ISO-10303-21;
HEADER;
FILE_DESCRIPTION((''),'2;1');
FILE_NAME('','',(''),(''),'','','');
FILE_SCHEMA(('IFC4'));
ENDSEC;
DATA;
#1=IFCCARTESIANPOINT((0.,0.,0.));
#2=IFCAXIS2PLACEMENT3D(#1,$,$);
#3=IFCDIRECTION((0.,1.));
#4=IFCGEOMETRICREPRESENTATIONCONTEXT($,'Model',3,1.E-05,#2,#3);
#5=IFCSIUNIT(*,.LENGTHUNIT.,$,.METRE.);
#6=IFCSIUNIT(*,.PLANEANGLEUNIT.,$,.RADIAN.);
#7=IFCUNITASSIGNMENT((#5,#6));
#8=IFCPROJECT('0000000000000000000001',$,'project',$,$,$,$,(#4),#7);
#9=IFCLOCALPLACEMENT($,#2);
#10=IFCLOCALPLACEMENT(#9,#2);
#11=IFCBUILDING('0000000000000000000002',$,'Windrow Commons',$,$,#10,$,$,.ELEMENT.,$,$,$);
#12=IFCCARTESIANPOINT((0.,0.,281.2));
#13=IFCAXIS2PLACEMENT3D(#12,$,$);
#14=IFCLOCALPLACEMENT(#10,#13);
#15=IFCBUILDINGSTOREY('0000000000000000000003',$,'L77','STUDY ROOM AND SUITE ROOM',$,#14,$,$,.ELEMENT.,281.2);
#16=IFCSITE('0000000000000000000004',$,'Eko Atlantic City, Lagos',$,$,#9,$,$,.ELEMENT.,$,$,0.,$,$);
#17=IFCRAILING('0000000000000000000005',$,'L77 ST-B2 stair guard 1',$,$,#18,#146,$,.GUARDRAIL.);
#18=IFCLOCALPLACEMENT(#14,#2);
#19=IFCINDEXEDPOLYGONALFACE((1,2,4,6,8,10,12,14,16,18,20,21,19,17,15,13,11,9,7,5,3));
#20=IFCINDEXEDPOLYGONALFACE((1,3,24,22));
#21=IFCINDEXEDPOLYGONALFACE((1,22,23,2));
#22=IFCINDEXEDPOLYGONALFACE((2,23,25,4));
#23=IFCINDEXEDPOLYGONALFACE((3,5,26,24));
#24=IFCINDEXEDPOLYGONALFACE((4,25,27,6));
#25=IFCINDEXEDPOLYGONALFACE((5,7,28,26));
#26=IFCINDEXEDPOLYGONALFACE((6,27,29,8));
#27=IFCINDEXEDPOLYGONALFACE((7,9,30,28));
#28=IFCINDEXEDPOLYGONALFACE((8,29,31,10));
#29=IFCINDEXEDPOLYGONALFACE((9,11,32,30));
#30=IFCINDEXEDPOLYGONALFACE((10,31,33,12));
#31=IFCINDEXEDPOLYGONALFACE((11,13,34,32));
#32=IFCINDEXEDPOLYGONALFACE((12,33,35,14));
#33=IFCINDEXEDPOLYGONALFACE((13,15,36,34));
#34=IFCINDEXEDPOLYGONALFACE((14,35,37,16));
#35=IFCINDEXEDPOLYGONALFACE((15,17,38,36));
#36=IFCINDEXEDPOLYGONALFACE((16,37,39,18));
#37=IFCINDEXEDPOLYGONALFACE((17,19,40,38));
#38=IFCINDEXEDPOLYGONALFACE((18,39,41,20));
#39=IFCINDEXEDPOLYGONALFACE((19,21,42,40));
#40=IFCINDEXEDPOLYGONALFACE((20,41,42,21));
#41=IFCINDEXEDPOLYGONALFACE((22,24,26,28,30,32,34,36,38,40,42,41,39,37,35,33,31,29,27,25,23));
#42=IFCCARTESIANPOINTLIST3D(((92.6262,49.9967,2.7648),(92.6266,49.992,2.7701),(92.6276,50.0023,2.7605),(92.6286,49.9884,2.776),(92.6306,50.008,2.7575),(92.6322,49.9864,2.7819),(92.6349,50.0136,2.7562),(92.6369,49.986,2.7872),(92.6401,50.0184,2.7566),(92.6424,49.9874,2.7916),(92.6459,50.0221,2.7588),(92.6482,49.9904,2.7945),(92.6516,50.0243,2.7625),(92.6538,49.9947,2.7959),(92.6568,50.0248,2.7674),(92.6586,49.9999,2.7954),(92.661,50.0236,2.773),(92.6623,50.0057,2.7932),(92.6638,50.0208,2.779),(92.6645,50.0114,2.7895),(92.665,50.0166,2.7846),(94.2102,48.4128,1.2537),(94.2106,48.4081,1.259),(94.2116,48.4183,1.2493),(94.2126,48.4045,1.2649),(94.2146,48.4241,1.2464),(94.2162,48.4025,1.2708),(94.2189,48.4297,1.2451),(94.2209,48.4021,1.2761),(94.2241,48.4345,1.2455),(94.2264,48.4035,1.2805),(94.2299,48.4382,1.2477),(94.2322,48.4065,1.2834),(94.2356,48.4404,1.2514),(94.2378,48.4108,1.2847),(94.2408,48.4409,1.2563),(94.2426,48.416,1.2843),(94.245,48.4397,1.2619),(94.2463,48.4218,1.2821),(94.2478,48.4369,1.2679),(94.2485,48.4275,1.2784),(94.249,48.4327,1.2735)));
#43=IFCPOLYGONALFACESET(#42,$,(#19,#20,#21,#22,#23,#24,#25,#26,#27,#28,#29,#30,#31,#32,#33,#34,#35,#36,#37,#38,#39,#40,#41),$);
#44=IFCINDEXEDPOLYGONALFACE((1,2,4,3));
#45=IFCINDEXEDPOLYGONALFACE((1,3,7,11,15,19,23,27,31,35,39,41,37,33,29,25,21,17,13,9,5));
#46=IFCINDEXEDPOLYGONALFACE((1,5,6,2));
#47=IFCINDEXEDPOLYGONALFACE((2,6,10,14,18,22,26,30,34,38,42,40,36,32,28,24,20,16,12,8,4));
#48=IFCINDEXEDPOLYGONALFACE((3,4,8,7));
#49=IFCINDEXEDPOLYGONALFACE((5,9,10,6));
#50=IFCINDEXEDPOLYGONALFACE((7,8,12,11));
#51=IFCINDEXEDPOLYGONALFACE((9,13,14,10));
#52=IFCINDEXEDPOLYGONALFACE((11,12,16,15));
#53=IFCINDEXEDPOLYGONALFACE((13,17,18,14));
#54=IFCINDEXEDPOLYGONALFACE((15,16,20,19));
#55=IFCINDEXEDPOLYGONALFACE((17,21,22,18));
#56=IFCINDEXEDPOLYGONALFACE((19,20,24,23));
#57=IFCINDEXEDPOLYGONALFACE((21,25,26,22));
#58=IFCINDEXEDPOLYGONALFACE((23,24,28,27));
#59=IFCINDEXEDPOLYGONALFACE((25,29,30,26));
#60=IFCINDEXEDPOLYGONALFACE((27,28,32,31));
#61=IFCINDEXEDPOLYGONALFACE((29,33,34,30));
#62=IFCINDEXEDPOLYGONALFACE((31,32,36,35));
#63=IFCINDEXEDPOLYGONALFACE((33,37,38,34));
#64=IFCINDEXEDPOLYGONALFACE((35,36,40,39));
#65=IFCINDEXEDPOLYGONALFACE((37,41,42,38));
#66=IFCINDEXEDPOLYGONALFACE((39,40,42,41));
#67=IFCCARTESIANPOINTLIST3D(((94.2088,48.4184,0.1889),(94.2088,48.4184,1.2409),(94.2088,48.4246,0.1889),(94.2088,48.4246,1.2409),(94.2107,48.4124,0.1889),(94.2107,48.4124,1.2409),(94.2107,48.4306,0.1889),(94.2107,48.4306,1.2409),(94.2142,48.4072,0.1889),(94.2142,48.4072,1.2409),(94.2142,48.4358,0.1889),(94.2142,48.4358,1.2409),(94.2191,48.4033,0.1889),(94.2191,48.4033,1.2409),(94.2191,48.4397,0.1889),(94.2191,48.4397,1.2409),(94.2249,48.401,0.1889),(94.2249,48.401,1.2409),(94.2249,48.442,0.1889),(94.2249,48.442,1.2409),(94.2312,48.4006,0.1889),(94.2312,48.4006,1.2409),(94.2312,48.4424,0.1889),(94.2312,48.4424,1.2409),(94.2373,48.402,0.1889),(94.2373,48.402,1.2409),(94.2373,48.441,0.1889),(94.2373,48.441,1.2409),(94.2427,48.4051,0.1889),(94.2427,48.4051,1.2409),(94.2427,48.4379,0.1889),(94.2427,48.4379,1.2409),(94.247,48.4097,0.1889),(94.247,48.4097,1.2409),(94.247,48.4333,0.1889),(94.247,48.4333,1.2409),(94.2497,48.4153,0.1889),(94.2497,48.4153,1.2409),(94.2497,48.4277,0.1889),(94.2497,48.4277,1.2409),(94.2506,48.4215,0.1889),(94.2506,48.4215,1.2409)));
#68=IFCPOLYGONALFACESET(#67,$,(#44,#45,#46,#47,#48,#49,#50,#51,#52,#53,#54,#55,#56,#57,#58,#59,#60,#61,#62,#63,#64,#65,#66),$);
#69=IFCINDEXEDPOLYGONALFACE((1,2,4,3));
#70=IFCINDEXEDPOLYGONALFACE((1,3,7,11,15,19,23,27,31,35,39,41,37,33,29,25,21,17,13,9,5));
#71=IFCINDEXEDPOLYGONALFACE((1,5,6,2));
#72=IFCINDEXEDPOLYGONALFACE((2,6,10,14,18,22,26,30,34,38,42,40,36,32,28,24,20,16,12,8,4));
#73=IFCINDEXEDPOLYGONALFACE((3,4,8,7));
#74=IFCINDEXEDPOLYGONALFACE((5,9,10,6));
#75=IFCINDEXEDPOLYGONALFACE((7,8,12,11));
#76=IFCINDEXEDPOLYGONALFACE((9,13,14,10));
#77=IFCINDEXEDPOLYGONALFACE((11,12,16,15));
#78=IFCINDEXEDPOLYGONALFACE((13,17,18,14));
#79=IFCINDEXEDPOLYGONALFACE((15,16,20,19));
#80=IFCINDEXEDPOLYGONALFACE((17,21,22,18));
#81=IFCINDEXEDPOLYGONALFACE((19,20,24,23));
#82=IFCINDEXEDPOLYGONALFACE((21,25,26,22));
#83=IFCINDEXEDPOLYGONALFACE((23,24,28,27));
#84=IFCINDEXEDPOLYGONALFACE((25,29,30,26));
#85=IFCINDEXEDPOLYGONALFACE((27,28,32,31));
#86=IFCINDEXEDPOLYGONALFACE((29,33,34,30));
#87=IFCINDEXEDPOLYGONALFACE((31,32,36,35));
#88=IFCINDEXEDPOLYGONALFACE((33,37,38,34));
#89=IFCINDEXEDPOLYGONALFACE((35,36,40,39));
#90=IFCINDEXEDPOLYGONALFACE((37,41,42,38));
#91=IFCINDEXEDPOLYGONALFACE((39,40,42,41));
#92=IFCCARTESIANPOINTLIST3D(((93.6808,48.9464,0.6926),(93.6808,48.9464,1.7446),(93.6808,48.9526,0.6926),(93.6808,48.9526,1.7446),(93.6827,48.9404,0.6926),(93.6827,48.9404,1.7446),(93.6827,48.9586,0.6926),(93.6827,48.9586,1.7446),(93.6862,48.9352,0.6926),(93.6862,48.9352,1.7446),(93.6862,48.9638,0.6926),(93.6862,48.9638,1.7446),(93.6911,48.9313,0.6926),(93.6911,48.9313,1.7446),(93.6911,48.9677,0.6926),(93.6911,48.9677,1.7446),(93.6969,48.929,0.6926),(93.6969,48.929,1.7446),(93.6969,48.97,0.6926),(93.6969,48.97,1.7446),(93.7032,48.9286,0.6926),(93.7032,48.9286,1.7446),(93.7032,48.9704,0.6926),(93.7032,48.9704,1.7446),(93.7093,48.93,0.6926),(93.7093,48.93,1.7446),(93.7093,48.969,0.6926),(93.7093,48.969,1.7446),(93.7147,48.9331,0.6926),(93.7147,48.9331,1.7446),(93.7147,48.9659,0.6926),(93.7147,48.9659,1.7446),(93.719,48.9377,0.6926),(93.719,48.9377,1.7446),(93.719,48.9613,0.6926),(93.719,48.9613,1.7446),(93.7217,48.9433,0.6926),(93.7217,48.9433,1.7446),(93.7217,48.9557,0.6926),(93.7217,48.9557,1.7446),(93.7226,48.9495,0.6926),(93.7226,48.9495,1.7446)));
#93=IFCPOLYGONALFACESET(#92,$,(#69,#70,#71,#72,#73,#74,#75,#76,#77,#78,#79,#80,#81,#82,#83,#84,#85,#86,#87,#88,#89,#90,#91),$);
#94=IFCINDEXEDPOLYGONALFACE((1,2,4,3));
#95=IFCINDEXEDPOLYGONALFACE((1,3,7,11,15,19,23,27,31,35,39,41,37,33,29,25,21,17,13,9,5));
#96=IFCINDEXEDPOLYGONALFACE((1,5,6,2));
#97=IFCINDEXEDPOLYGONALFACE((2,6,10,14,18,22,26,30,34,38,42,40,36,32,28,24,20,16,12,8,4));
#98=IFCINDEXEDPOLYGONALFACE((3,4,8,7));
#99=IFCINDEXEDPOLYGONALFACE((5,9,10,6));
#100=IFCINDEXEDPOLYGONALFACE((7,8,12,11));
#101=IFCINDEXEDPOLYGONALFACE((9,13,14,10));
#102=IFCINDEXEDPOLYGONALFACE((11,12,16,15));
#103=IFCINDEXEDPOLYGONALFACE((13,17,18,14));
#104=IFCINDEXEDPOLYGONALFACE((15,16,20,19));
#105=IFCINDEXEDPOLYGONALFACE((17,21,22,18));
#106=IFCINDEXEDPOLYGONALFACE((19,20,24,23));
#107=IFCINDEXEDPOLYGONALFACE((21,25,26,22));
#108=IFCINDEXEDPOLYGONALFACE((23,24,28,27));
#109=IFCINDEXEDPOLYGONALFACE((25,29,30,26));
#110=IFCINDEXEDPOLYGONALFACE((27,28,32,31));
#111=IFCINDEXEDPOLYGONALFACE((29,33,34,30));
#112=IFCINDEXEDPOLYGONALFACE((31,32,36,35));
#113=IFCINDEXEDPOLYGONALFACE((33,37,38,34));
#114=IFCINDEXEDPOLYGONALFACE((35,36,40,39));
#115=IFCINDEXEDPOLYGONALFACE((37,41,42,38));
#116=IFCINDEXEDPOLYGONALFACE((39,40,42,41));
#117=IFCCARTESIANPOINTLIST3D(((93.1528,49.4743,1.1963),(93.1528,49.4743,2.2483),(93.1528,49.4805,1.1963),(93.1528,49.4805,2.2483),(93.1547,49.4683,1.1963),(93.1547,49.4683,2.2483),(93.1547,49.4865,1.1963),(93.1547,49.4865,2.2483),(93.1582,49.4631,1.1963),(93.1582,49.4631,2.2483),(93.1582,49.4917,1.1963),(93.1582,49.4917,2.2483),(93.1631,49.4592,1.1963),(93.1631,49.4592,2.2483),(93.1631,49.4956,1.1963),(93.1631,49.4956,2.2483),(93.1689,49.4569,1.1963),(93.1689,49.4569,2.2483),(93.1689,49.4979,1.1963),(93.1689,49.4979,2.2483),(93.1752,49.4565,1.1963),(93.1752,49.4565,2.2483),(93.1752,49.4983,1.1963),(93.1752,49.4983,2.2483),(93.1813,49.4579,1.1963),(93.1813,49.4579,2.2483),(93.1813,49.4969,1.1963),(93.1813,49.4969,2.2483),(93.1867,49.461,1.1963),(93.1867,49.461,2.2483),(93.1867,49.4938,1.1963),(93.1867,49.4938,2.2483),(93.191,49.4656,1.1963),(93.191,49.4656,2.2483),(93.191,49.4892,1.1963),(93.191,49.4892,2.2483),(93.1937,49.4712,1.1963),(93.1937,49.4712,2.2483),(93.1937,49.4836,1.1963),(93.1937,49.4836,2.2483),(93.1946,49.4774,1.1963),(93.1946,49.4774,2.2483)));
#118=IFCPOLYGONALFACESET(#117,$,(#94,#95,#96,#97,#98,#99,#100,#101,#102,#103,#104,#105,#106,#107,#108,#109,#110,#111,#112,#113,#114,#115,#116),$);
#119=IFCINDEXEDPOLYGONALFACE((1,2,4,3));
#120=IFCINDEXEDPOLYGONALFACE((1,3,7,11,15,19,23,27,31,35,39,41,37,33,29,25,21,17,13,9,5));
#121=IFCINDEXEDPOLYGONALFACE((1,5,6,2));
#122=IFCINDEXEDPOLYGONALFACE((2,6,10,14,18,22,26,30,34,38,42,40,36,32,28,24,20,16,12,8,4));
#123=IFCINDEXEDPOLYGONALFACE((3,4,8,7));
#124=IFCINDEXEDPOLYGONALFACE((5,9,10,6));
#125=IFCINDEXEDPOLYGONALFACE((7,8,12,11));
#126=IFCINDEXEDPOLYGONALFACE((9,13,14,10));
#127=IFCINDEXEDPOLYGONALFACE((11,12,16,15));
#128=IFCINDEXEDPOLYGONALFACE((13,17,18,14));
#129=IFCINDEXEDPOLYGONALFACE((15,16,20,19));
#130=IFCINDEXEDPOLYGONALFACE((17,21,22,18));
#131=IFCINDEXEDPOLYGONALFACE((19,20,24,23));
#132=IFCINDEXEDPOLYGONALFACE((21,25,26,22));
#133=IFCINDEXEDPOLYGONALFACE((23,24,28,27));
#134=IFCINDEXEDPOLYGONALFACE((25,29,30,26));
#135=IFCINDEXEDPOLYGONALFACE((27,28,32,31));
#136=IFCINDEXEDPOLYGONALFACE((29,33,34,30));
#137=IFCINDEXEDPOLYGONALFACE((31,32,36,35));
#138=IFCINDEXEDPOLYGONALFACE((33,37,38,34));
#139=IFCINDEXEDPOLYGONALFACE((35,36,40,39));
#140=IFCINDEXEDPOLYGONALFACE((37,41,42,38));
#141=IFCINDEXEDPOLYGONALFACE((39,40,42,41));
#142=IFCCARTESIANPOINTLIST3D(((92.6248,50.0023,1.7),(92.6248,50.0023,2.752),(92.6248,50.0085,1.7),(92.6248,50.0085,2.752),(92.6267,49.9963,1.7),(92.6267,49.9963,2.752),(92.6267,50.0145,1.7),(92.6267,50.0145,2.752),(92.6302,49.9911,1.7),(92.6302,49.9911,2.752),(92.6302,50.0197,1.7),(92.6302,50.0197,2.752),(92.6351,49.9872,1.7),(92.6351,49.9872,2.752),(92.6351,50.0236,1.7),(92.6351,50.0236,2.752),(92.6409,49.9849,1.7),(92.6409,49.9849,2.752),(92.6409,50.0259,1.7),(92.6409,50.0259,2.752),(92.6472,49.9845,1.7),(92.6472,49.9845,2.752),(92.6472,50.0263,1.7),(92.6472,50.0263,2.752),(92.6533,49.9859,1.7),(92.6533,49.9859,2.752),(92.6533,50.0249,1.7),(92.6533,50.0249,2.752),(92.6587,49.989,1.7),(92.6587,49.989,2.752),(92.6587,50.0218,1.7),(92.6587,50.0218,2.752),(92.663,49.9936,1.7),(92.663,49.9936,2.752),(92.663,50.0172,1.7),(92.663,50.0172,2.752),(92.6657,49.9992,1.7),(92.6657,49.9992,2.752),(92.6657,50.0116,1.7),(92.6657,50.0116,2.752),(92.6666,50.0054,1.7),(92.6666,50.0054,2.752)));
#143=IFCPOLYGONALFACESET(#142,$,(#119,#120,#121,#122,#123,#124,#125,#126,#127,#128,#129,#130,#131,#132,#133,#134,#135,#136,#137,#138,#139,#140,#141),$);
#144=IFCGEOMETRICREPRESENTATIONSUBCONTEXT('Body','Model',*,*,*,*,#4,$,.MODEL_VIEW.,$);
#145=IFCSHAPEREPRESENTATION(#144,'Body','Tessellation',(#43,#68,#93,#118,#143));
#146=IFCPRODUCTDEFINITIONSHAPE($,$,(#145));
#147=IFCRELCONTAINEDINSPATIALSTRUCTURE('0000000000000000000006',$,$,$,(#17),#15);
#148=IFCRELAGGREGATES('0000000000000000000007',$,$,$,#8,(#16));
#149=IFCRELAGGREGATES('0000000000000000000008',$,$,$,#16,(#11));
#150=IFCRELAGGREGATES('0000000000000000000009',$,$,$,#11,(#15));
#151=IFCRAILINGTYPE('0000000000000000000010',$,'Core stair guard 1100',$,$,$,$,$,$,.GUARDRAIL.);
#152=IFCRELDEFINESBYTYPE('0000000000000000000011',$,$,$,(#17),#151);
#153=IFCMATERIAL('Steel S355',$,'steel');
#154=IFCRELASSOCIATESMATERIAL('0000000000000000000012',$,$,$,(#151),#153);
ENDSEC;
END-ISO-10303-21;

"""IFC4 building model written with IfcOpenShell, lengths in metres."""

from ifc_helpers import new_model, si_unit, direction, frame, origin, origin_2d, place, context, subcontext, project, spatial, circle, extrude, material, type_object, element, save


model = new_model("IFC4")

# Units and contexts
model_context = context("Model", 3, precision=1e-05, world=origin(), true_north=direction((0.0, 1.0)))
body_context = subcontext(model_context, "Body", "Model", "MODEL_VIEW")
ifc_project = project(units=[si_unit("LENGTHUNIT", "METRE"), si_unit("PLANEANGLEUNIT", "RADIAN")], contexts=[model_context])

# Site, building, storey
site_placement = place(None, origin())
site = spatial("IfcSite", under=ifc_project, at=site_placement, Name="Eko Atlantic City, Lagos", CompositionType="ELEMENT", RefElevation=0.0)
building_placement = place(site_placement, origin())
building = spatial("IfcBuilding", under=site, at=building_placement, Name="Windrow Commons", CompositionType="ELEMENT")
storey_placement = place(building_placement, frame((0.0, 0.0, 281.2)))
storey = spatial("IfcBuildingStorey", under=building, at=storey_placement, Name="L77", Description="STUDY ROOM AND SUITE ROOM", CompositionType="ELEMENT", Elevation=281.2)

# Railing
ifc_material_1 = material(Name="Steel S355", Category="steel")
railing_type_1 = type_object("IfcRailingType", Name="Core stair guard 1100", PredefinedType="GUARDRAIL", material=ifc_material_1)
railing_1_placement = place(storey_placement, frame((94.2296, 48.4215, 0.1889)))
element("IfcRailing", 1, at=railing_1_placement, inside=storey, type_object=railing_type_1, Name="L77 ST-B2 stair guard 1", PredefinedType="GUARDRAIL", context=body_context, shape_type="SweptSolid", body=[
    extrude(circle(Radius=0.024, at=origin_2d()), frame((0.0, 0.0, 1.076), z_axis=(-0.586216, 0.586179, 0.559237), x_axis=(-0.707084, -0.707129, 0.0)), (0.0, 0.0, 1.0), 2.7021),
    extrude(circle(Radius=0.021, at=origin_2d()), origin(), (0.0, 0.0, 1.0), 1.052),
    extrude(circle(Radius=0.021, at=origin_2d()), frame((-0.528, 0.528, 0.5037)), (0.0, 0.0, 1.0), 1.052),
    extrude(circle(Radius=0.021, at=origin_2d()), frame((-1.056, 1.0559, 1.0074)), (0.0, 0.0, 1.0), 1.052),
    extrude(circle(Radius=0.021, at=origin_2d()), frame((-1.584, 1.5839, 1.5111)), (0.0, 0.0, 1.0), 1.052),
])

save(model, "model.ifc")
